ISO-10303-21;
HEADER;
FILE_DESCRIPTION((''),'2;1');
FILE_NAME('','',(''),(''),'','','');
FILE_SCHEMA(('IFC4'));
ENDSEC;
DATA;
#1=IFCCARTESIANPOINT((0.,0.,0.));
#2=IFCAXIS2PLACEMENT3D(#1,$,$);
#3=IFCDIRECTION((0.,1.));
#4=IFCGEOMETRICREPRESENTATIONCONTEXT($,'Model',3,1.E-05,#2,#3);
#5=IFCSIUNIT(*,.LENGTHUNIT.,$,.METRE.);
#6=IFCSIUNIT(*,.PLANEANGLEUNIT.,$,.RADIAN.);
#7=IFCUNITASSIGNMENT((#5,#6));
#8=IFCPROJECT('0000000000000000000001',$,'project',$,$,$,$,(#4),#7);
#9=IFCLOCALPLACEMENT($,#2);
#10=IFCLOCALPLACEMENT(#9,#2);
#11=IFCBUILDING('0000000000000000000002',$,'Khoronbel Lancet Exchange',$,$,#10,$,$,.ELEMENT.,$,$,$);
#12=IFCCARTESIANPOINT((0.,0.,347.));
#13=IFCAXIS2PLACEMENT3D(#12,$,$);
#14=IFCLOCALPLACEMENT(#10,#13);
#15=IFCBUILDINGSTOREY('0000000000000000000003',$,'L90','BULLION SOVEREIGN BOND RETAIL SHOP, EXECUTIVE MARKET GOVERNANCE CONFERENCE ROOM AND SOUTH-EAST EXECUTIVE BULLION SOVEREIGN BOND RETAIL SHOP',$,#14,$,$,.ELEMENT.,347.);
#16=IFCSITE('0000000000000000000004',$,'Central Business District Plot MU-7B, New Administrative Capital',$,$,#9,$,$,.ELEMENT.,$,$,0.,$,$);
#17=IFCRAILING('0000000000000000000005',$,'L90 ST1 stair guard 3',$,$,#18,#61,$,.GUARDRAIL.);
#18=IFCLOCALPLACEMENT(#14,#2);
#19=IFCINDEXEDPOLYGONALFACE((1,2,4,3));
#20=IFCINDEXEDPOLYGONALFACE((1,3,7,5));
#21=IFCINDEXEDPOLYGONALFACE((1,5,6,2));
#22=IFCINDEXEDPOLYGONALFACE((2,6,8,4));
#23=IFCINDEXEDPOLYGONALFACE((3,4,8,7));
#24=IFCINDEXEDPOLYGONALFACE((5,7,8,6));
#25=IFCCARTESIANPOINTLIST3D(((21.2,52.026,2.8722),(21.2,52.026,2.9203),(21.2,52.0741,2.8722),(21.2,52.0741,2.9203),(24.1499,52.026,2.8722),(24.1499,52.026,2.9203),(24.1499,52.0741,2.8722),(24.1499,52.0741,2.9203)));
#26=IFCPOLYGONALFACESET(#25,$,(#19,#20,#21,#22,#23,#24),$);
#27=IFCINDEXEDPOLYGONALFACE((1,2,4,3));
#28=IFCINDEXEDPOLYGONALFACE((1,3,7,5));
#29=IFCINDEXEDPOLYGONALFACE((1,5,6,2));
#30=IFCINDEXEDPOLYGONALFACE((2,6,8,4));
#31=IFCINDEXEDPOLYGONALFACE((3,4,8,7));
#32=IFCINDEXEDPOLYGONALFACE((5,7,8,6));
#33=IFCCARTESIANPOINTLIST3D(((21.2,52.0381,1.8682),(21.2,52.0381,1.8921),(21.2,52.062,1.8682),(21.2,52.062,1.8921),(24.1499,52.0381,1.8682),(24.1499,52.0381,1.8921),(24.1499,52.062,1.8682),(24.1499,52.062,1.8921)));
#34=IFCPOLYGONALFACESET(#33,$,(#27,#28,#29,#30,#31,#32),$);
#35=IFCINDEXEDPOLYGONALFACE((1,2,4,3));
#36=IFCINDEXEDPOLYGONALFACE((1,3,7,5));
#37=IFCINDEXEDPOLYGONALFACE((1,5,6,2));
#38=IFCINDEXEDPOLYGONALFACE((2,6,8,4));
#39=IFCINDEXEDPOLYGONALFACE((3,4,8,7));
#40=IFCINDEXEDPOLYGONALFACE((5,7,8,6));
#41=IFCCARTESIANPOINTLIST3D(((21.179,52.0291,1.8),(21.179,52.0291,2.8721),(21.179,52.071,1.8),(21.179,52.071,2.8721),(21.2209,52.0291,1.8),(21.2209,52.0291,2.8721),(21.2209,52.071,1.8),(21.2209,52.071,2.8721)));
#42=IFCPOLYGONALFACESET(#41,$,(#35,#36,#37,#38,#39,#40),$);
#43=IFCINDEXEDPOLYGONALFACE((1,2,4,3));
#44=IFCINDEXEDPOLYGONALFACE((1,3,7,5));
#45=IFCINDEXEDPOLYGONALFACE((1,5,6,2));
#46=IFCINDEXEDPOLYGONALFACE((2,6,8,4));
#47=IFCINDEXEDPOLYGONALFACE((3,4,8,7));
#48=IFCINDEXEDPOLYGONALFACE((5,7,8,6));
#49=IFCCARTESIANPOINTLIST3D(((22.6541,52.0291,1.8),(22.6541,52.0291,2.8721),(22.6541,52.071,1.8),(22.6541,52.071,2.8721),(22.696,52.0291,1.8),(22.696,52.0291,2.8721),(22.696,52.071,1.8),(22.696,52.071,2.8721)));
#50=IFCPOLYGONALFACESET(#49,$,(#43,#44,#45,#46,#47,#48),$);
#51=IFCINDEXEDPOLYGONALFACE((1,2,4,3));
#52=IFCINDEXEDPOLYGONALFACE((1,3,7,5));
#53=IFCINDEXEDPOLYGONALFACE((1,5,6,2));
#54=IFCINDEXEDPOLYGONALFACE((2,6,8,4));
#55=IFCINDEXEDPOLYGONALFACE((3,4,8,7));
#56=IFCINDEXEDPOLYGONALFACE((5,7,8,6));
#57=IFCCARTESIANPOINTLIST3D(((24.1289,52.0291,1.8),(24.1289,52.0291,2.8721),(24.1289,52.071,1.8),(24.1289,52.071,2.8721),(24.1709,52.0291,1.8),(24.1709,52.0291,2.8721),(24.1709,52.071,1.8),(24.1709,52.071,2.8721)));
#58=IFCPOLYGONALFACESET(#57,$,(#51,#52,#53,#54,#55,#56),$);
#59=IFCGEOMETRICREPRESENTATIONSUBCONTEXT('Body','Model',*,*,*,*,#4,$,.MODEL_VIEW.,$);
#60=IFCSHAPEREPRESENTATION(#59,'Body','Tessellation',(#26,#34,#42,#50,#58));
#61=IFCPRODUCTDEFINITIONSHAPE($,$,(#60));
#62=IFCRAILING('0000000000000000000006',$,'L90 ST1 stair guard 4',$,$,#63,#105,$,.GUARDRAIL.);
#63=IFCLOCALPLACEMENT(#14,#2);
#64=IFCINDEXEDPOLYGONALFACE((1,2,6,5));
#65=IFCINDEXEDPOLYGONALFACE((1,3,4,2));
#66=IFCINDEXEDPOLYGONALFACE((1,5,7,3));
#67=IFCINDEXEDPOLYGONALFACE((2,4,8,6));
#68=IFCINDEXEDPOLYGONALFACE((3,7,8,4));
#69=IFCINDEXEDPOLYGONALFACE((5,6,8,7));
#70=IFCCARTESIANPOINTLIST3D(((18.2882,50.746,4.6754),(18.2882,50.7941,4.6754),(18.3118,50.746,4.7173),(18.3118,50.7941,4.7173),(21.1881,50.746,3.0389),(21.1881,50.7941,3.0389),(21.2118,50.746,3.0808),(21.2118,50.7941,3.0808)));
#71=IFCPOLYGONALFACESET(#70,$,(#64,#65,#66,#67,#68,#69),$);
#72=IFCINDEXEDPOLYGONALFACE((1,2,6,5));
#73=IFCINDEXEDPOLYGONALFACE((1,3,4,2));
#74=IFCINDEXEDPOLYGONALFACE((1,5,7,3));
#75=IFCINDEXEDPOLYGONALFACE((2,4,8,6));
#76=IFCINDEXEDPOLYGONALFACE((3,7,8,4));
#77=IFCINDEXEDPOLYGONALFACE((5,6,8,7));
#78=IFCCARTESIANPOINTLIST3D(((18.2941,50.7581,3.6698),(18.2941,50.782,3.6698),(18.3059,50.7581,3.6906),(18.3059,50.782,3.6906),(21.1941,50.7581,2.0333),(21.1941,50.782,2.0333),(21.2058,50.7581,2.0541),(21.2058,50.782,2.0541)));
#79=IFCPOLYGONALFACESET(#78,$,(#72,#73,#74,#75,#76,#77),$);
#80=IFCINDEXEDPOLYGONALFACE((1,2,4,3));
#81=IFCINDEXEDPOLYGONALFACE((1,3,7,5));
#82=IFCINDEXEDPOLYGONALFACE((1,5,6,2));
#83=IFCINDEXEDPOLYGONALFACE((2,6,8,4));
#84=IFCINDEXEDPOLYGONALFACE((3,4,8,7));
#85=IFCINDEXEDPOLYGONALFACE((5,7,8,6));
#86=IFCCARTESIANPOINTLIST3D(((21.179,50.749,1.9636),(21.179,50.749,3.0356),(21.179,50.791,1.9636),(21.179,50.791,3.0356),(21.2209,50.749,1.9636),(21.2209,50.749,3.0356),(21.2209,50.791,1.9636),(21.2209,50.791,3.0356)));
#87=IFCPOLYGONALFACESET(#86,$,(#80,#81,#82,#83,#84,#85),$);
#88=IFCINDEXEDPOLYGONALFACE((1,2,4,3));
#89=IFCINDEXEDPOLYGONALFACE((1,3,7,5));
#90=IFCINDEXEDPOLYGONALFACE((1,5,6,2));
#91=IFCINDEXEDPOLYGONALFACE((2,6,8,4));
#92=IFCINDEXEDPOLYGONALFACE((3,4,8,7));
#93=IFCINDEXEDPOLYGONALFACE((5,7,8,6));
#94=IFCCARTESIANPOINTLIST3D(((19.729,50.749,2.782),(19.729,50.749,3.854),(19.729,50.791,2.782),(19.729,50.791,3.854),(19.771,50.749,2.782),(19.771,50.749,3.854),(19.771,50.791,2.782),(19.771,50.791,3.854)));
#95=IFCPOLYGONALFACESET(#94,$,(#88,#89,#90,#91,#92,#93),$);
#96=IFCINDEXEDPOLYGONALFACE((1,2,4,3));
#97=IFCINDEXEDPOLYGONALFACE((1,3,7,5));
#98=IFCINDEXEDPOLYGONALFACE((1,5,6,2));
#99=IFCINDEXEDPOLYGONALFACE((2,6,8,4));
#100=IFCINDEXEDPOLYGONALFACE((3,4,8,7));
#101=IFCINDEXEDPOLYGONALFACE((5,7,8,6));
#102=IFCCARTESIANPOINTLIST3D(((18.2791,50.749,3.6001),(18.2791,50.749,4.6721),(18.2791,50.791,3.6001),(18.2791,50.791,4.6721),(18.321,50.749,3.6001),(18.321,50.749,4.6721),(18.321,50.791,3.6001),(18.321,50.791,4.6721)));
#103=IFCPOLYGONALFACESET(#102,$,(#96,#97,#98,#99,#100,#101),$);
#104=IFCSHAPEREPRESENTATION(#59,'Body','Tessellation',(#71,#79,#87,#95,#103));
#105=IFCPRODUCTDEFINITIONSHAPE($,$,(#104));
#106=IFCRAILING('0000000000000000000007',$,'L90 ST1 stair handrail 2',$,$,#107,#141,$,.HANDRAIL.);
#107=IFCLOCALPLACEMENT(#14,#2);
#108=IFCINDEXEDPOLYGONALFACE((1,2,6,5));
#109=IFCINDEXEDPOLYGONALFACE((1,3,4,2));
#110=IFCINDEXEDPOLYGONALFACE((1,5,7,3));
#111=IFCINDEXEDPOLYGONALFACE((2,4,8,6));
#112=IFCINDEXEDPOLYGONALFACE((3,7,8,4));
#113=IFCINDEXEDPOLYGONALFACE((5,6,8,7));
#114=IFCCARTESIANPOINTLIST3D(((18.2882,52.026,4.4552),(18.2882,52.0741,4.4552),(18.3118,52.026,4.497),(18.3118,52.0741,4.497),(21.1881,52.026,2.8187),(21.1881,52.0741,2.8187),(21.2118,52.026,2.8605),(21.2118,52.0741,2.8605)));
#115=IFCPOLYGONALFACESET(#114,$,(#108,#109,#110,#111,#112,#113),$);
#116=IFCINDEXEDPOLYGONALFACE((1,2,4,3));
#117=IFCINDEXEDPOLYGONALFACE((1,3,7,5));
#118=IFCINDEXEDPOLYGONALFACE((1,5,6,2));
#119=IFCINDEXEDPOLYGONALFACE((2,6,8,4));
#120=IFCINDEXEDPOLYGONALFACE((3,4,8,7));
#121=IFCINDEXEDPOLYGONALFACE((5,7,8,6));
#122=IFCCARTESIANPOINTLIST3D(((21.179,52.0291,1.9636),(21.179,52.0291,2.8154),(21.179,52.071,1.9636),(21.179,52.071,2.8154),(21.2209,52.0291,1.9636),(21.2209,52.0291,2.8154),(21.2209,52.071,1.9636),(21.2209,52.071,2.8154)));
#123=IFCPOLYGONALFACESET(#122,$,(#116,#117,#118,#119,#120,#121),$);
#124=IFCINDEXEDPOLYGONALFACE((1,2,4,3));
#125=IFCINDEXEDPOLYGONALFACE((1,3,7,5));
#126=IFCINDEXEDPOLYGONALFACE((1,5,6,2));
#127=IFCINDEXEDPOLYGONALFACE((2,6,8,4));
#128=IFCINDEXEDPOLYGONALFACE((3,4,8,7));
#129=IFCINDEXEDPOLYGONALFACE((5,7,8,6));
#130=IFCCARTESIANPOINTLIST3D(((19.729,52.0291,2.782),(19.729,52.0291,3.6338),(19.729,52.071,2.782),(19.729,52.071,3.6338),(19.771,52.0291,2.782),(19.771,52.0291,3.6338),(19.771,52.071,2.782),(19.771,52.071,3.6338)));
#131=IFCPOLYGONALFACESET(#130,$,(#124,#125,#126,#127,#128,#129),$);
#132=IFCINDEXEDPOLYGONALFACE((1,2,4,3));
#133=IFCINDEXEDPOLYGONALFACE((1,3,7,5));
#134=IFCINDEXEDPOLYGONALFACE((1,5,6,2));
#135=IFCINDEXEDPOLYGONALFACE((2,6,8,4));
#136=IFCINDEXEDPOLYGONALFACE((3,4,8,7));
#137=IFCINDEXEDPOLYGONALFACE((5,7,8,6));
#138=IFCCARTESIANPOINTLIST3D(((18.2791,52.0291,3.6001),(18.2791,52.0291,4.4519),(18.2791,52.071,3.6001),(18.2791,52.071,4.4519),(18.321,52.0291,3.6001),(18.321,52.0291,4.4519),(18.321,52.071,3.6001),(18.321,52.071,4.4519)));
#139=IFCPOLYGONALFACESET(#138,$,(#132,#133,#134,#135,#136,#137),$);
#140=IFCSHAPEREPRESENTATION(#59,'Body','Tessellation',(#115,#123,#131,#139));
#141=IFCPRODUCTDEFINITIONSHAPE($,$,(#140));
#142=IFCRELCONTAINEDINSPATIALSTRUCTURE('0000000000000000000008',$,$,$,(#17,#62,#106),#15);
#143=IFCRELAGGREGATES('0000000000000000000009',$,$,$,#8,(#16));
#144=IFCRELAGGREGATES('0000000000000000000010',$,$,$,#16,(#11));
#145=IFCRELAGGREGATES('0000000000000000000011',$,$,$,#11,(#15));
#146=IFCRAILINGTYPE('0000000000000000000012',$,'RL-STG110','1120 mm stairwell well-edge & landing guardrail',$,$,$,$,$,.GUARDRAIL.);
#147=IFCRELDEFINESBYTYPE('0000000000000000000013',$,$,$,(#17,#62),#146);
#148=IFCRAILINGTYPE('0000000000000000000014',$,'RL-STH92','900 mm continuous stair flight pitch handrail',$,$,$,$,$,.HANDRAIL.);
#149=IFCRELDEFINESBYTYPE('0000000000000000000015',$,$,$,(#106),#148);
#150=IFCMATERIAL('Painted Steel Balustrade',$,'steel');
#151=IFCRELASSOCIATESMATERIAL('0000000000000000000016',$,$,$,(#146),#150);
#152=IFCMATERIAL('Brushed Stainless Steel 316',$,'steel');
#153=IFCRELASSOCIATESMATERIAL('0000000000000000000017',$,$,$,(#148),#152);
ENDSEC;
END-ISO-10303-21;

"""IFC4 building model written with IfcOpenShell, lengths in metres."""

from ifc_helpers import new_model, si_unit, direction, frame, origin, origin_2d, place, context, subcontext, project, spatial, rectangle, extrude, material, type_object, element, save


model = new_model("IFC4")

# Units and contexts
model_context = context("Model", 3, precision=1e-05, world=origin(), true_north=direction((0.0, 1.0)))
body_context = subcontext(model_context, "Body", "Model", "MODEL_VIEW")
ifc_project = project(units=[si_unit("LENGTHUNIT", "METRE"), si_unit("PLANEANGLEUNIT", "RADIAN")], contexts=[model_context])

# Site, building, storey
site_placement = place(None, origin())
site = spatial("IfcSite", under=ifc_project, at=site_placement, Name="Central Business District Plot MU-7B, New Administrative Capital", CompositionType="ELEMENT", RefElevation=0.0)
building_placement = place(site_placement, origin())
building = spatial("IfcBuilding", under=site, at=building_placement, Name="Khoronbel Lancet Exchange", CompositionType="ELEMENT")
storey_placement = place(building_placement, frame((0.0, 0.0, 347.0)))
storey = spatial("IfcBuildingStorey", under=building, at=storey_placement, Name="L90", Description="BULLION SOVEREIGN BOND RETAIL SHOP, EXECUTIVE MARKET GOVERNANCE CONFERENCE ROOM AND SOUTH-EAST EXECUTIVE BULLION SOVEREIGN BOND RETAIL SHOP", CompositionType="ELEMENT", Elevation=347.0)

# Railings
ifc_material_1 = material(Name="Painted Steel Balustrade", Category="steel")
railing_type_1 = type_object("IfcRailingType", Name="RL-STG110", Description="1120 mm stairwell well-edge & landing guardrail", PredefinedType="GUARDRAIL", material=ifc_material_1)
railing_1_placement = place(storey_placement, frame((21.2, 52.05, 1.8)))
element("IfcRailing", 1, at=railing_1_placement, inside=storey, type_object=railing_type_1, Name="L90 ST1 stair guard 3", PredefinedType="GUARDRAIL", context=body_context, shape_type="SweptSolid", body=[
    extrude(rectangle(XDim=0.0481, YDim=0.0481, at=origin_2d()), frame((0.0, 0.0, 1.0962), z_axis=(1.0, 0.0, 0.0), x_axis=(0.0, 1.0, 0.0)), (0.0, 0.0, 1.0), 2.95),
    extrude(rectangle(XDim=0.0239, YDim=0.0239, at=origin_2d()), frame((0.0, 0.0, 0.0801), z_axis=(1.0, 0.0, 0.0), x_axis=(0.0, 1.0, 0.0)), (0.0, 0.0, 1.0), 2.95),
    extrude(rectangle(XDim=0.042, YDim=0.042, at=origin_2d()), origin(), (0.0, 0.0, 1.0), 1.072),
    extrude(rectangle(XDim=0.042, YDim=0.042, at=origin_2d()), frame((1.4751, 0.0, 0.0)), (0.0, 0.0, 1.0), 1.072),
    extrude(rectangle(XDim=0.042, YDim=0.042, at=origin_2d()), frame((2.95, 0.0, 0.0)), (0.0, 0.0, 1.0), 1.072),
])
railing_2_placement = place(storey_placement, frame((21.2, 50.77, 1.9636)))
element("IfcRailing", 2, at=railing_2_placement, inside=storey, type_object=railing_type_1, Name="L90 ST1 stair guard 4", PredefinedType="GUARDRAIL", context=body_context, shape_type="SweptSolid", body=[
    extrude(rectangle(XDim=0.0481, YDim=0.0481, at=origin_2d()), frame((0.0, 0.0, 1.0962), z_axis=(-0.870897, 0.0, 0.491465), x_axis=(0.0, -1.0, 0.0)), (0.0, 0.0, 1.0), 3.3298),
    extrude(rectangle(XDim=0.0239, YDim=0.0239, at=origin_2d()), frame((0.0, 0.0, 0.0801), z_axis=(-0.870897, 0.0, 0.491465), x_axis=(0.0, -1.0, 0.0)), (0.0, 0.0, 1.0), 3.3298),
    extrude(rectangle(XDim=0.042, YDim=0.042, at=origin_2d()), origin(), (0.0, 0.0, 1.0), 1.072),
    extrude(rectangle(XDim=0.042, YDim=0.042, at=origin_2d()), frame((-1.45, 0.0, 0.8184)), (0.0, 0.0, 1.0), 1.072),
    extrude(rectangle(XDim=0.042, YDim=0.042, at=origin_2d()), frame((-2.8999, 0.0, 1.6365)), (0.0, 0.0, 1.0), 1.072),
])
ifc_material_2 = material(Name="Brushed Stainless Steel 316", Category="steel")
railing_type_2 = type_object("IfcRailingType", Name="RL-STH92", Description="900 mm continuous stair flight pitch handrail", PredefinedType="HANDRAIL", material=ifc_material_2)
railing_3_placement = place(storey_placement, frame((21.2, 52.05, 1.9636)))
element("IfcRailing", 3, at=railing_3_placement, inside=storey, type_object=railing_type_2, Name="L90 ST1 stair handrail 2", PredefinedType="HANDRAIL", context=body_context, shape_type="SweptSolid", body=[
    extrude(rectangle(XDim=0.0481, YDim=0.0481, at=origin_2d()), frame((0.0, 0.0, 0.876), z_axis=(-0.870897, 0.0, 0.491465), x_axis=(0.0, -1.0, 0.0)), (0.0, 0.0, 1.0), 3.3298),
    extrude(rectangle(XDim=0.042, YDim=0.042, at=origin_2d()), origin(), (0.0, 0.0, 1.0), 0.8518),
    extrude(rectangle(XDim=0.042, YDim=0.042, at=origin_2d()), frame((-1.45, 0.0, 0.8184)), (0.0, 0.0, 1.0), 0.8518),
    extrude(rectangle(XDim=0.042, YDim=0.042, at=origin_2d()), frame((-2.8999, 0.0, 1.6365)), (0.0, 0.0, 1.0), 0.8518),
])

save(model, "model.ifc")
